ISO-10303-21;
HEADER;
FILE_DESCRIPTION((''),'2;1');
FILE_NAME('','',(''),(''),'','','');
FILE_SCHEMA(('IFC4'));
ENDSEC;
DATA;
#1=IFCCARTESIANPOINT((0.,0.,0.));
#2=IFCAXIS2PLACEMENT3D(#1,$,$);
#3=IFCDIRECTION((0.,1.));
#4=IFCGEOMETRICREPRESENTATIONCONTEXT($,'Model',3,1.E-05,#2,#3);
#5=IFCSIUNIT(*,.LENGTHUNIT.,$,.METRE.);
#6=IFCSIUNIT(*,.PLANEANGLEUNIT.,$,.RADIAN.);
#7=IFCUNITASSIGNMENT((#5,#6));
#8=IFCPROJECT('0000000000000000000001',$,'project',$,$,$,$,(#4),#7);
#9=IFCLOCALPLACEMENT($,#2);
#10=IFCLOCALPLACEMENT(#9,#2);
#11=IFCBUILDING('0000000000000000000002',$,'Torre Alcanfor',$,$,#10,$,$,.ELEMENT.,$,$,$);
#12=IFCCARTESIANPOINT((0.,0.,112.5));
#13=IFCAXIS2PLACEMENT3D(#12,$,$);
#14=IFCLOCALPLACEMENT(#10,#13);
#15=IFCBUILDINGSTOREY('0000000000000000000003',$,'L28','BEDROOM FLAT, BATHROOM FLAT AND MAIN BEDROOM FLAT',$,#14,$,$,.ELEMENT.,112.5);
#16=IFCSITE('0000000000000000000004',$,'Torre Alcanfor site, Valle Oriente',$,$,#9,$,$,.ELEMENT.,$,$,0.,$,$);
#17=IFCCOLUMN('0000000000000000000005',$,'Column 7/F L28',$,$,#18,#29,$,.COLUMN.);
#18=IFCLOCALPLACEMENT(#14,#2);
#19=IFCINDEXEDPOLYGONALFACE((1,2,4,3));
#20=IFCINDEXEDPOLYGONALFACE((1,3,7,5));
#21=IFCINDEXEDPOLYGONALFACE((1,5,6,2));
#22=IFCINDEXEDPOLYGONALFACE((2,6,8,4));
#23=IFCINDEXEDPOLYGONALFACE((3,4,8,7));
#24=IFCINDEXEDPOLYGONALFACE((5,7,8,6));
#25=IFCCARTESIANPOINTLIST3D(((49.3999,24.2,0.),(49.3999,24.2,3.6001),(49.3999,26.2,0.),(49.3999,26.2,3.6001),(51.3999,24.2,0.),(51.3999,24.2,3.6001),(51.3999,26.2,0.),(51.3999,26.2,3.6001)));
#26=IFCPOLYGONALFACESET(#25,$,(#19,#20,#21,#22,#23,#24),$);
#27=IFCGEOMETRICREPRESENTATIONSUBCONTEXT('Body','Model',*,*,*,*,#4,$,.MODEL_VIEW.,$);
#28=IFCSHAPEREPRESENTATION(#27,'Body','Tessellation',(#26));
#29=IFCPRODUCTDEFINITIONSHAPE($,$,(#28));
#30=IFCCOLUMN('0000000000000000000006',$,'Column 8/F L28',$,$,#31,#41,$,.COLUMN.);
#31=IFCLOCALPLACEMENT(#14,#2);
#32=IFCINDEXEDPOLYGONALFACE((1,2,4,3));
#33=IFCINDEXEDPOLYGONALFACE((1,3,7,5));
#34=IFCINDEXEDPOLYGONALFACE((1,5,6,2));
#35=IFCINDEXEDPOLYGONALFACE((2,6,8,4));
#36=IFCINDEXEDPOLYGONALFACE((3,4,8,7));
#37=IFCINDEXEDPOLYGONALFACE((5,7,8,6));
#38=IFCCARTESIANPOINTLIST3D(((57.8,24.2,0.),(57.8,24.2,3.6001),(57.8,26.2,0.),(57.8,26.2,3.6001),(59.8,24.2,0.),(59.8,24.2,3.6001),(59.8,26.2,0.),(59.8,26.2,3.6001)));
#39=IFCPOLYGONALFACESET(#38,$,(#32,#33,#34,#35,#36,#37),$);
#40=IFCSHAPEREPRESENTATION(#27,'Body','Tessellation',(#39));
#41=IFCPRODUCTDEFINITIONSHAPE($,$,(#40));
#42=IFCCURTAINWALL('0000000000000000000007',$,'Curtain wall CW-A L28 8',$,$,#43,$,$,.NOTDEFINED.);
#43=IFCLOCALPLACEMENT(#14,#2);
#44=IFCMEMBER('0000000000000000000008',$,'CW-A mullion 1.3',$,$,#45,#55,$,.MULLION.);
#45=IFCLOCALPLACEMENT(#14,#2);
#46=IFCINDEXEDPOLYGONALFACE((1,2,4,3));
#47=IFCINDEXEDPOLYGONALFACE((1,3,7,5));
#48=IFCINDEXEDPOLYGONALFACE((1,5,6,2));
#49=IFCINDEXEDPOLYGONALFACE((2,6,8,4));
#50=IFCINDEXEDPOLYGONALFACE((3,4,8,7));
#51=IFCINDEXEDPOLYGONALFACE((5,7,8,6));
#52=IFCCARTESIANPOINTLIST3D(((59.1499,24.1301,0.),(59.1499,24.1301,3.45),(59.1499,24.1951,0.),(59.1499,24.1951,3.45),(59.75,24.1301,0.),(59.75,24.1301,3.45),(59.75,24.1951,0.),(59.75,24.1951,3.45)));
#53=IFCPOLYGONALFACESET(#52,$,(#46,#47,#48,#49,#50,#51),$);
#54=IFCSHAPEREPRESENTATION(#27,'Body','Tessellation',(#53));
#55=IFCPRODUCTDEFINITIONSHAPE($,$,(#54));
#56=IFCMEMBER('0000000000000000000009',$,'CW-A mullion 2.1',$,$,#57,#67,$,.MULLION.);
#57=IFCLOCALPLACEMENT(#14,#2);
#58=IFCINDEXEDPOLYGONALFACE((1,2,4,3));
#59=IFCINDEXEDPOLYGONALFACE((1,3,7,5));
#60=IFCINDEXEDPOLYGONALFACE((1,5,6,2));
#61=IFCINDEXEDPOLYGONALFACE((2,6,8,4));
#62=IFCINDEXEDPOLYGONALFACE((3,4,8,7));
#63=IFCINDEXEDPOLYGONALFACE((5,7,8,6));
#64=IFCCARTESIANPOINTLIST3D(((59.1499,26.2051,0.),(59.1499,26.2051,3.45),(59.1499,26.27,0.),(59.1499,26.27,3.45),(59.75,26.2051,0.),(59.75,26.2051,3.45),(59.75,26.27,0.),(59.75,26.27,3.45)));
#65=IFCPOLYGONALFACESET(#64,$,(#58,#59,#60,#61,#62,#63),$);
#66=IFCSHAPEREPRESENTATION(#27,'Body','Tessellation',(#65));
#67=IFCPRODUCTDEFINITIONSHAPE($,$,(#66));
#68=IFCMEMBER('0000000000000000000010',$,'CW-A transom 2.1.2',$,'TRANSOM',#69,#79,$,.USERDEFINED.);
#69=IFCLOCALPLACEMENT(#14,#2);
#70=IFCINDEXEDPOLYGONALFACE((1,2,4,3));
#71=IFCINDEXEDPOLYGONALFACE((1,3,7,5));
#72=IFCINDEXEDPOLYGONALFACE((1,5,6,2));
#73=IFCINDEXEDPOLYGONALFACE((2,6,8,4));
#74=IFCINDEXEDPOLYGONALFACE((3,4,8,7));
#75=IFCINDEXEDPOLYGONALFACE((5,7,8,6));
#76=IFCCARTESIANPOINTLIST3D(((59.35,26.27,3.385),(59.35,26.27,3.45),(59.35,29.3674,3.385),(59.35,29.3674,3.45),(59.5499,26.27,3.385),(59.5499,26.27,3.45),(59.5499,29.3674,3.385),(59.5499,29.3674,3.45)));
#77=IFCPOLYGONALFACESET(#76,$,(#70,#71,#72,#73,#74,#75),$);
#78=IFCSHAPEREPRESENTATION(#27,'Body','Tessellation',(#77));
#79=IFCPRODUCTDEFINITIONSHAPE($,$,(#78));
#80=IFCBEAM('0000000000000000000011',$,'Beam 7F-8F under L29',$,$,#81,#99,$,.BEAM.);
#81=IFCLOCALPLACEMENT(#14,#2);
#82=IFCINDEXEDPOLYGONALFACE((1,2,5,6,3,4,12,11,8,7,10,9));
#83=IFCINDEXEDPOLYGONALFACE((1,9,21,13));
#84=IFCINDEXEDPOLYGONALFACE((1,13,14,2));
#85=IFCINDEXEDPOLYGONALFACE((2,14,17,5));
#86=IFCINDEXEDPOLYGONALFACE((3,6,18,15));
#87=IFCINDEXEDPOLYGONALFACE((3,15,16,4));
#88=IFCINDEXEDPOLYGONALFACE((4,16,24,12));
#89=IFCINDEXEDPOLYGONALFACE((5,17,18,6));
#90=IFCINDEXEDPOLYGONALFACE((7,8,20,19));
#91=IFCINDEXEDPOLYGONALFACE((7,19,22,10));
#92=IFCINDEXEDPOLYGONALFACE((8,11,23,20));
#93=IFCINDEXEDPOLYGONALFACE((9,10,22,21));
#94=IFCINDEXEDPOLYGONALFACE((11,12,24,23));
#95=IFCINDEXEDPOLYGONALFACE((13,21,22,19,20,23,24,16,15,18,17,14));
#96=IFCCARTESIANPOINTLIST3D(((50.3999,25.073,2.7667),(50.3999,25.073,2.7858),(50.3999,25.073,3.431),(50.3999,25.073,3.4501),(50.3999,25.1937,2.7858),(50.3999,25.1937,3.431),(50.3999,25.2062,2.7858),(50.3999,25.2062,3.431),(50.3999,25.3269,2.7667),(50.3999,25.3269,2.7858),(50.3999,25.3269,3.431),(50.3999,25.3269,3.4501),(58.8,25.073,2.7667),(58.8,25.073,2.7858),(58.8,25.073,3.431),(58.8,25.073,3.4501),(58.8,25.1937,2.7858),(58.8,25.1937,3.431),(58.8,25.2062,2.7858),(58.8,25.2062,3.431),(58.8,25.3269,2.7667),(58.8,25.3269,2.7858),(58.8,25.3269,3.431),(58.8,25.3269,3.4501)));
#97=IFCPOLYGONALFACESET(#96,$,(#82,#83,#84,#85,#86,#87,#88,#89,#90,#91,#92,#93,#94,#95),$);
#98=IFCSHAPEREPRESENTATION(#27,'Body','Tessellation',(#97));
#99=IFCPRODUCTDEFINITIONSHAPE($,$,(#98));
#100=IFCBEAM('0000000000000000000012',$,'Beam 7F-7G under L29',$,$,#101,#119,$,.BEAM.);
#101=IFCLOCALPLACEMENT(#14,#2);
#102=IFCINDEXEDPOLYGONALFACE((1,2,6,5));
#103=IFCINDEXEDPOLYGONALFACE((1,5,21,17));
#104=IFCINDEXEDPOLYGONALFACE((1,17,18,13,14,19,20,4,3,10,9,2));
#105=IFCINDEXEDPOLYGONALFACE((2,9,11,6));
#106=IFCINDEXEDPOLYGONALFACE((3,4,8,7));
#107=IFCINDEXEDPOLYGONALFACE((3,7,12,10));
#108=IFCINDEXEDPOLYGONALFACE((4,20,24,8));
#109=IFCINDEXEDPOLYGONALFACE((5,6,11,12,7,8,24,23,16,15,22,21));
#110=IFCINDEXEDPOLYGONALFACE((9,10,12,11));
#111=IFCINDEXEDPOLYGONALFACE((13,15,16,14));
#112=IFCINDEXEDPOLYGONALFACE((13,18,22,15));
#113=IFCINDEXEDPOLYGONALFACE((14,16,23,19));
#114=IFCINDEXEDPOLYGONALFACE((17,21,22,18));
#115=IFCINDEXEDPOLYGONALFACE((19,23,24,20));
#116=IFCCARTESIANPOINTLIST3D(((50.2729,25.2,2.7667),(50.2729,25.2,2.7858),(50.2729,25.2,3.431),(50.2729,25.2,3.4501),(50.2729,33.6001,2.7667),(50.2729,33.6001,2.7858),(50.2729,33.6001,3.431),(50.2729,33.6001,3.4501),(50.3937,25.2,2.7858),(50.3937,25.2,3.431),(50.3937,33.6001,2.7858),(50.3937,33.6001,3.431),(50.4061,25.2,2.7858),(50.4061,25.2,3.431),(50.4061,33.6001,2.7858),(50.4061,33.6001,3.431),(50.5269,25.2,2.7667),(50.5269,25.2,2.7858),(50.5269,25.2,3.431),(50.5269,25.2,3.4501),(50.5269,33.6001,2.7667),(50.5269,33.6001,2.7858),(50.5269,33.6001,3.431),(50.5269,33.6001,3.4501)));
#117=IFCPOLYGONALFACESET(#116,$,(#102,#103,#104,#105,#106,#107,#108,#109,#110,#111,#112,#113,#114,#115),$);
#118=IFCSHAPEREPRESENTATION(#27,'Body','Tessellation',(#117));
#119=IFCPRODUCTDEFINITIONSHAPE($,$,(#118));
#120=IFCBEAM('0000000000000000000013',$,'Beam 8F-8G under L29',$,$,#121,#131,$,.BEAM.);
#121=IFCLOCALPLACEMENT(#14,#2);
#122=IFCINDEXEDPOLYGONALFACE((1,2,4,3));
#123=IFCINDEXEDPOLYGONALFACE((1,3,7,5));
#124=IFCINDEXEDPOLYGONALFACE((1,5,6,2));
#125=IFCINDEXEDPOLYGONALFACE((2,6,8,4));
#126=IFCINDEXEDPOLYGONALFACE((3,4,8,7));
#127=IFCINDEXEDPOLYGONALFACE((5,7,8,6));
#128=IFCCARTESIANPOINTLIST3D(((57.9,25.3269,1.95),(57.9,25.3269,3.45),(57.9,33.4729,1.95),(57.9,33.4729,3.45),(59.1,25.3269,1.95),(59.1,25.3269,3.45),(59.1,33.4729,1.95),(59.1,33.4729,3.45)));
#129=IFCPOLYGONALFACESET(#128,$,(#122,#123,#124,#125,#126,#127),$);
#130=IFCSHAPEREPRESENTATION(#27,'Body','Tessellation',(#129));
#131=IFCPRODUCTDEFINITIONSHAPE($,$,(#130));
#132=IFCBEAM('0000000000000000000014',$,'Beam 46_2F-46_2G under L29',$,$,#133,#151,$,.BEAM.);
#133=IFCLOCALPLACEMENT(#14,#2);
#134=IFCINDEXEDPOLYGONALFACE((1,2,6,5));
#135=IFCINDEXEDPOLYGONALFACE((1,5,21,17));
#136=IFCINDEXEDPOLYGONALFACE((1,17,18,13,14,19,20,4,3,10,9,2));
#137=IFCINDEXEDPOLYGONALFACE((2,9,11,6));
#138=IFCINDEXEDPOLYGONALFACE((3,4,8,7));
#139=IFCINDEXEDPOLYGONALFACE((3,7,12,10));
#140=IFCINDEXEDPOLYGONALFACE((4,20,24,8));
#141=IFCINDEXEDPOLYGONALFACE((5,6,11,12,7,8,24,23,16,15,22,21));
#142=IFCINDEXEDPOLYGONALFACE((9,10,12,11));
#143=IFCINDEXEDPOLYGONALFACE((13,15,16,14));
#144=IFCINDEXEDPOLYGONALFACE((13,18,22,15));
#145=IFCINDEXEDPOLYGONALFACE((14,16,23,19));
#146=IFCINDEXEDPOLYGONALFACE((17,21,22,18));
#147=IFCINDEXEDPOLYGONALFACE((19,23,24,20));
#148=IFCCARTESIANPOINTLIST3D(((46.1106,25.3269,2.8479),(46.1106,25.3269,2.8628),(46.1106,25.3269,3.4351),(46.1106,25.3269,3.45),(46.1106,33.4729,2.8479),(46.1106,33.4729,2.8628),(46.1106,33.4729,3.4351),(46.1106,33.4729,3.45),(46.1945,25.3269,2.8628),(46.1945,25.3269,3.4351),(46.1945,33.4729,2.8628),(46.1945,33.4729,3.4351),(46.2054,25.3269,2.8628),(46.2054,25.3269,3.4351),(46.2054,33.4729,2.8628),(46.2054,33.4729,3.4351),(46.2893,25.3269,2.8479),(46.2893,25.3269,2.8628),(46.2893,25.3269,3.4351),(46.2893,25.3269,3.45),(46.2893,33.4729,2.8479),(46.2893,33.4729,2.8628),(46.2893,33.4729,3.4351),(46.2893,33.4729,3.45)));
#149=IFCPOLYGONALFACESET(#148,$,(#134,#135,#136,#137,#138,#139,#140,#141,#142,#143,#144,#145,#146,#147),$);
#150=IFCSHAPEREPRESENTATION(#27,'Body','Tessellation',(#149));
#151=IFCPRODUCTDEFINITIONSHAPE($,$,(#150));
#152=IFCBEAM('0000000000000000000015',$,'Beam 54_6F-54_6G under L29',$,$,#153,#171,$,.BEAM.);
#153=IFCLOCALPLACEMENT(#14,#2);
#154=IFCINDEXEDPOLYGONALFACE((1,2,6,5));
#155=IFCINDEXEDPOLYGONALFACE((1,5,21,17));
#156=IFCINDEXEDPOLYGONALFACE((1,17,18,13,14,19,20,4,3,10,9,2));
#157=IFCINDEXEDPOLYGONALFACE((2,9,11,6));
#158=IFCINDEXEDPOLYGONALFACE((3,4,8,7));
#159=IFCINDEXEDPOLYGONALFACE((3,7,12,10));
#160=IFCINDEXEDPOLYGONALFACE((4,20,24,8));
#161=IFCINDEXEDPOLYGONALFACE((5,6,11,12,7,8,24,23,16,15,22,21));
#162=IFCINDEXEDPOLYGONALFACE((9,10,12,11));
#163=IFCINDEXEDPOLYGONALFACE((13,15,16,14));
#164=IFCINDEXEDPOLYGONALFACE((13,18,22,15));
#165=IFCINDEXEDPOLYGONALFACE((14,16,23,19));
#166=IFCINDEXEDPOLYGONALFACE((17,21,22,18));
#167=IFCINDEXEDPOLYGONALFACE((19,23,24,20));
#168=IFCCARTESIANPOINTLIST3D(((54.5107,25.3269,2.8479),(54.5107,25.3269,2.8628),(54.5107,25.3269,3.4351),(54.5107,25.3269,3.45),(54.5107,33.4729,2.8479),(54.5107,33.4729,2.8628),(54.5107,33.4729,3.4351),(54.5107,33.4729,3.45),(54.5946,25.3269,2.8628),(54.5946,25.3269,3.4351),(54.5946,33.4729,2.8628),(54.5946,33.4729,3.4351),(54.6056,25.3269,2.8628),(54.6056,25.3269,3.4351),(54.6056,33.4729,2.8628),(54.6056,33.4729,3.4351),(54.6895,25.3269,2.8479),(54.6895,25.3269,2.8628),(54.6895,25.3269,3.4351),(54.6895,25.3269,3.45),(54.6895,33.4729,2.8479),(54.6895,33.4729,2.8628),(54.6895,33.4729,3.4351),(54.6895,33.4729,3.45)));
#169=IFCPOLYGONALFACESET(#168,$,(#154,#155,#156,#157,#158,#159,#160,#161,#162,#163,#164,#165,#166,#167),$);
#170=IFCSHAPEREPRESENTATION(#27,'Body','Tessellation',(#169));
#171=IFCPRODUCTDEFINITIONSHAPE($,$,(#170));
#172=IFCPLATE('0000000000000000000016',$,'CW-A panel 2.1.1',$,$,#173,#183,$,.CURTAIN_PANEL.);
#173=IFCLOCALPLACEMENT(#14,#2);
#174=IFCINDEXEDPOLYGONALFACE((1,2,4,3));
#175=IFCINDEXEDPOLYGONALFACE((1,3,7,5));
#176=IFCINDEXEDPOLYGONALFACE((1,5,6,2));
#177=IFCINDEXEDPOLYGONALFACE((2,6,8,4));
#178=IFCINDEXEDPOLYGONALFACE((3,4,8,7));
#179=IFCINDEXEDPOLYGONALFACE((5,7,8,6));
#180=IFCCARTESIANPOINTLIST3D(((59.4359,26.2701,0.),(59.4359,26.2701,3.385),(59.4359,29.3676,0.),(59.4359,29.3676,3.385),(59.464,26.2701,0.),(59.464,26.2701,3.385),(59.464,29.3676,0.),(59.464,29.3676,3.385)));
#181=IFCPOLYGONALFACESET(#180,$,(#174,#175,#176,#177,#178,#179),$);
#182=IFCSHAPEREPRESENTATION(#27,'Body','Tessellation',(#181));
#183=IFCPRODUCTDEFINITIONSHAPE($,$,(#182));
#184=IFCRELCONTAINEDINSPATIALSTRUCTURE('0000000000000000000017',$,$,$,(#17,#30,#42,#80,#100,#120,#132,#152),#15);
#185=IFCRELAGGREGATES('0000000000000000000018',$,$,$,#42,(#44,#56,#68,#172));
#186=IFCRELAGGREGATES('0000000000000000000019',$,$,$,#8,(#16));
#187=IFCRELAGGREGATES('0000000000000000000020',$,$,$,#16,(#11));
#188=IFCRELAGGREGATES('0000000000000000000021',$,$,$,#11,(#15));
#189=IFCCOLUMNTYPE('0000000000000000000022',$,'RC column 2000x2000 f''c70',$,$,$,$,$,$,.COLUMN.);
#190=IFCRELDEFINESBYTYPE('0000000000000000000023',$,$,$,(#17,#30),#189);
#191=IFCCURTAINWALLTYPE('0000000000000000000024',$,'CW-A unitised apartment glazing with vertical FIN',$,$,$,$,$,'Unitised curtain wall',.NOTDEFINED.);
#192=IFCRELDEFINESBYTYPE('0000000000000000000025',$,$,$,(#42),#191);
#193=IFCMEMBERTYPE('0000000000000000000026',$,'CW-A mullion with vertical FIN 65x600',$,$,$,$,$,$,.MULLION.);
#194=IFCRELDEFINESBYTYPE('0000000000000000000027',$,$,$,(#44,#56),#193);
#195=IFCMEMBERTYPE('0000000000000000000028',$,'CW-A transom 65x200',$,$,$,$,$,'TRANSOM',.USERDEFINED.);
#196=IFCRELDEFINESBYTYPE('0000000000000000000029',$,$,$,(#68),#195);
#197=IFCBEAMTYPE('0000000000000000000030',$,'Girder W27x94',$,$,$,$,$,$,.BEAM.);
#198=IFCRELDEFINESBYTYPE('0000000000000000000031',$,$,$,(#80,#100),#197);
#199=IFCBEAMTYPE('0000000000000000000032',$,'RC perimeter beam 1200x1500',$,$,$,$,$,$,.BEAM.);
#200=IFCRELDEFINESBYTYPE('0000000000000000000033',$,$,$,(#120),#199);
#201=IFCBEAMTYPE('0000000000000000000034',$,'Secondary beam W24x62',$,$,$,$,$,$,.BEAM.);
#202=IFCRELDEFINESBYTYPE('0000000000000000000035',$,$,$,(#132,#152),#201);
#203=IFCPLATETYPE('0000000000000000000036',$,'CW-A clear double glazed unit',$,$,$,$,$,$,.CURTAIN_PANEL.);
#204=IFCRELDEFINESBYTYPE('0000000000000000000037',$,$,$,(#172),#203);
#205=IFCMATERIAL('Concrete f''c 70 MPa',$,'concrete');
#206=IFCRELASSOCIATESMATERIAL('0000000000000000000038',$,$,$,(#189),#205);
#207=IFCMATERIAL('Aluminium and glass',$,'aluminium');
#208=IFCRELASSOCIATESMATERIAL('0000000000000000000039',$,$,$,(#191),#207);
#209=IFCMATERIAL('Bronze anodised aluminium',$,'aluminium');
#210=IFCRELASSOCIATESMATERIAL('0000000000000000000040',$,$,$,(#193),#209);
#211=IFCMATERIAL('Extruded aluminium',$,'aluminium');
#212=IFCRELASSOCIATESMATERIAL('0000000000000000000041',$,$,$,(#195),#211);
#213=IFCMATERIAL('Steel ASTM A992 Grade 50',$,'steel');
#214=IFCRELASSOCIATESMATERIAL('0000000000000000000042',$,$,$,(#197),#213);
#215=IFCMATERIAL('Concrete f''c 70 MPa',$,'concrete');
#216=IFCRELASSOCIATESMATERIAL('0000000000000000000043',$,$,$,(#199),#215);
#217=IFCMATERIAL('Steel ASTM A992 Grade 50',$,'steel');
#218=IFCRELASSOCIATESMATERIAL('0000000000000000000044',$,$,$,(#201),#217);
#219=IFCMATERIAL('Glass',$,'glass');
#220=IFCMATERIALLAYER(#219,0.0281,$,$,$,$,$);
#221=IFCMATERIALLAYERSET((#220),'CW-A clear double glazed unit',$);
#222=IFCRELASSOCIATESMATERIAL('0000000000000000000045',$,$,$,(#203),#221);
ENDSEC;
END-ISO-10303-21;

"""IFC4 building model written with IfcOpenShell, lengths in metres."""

from ifc_helpers import new_model, si_unit, direction, frame, origin, origin_2d, place, context, subcontext, project, spatial, rectangle, i_section, extrude, material, layer, layer_set, material_profile, profile_set, type_object, element, aggregate, save


model = new_model("IFC4")

# Units and contexts
model_context = context("Model", 3, precision=1e-05, world=origin(), true_north=direction((0.0, 1.0)))
body_context = subcontext(model_context, "Body", "Model", "MODEL_VIEW")
ifc_project = project(units=[si_unit("LENGTHUNIT", "METRE"), si_unit("PLANEANGLEUNIT", "RADIAN")], contexts=[model_context])

# Site, building, storey
site_placement = place(None, origin())
site = spatial("IfcSite", under=ifc_project, at=site_placement, Name="Torre Alcanfor site, Valle Oriente", CompositionType="ELEMENT", RefElevation=0.0)
building_placement = place(site_placement, origin())
building = spatial("IfcBuilding", under=site, at=building_placement, Name="Torre Alcanfor", CompositionType="ELEMENT")
storey_placement = place(building_placement, frame((0.0, 0.0, 112.5)))
storey = spatial("IfcBuildingStorey", under=building, at=storey_placement, Name="L28", Description="BEDROOM FLAT, BATHROOM FLAT AND MAIN BEDROOM FLAT", CompositionType="ELEMENT", Elevation=112.5)

# Columns
ifc_material_1 = material(Name="Concrete f'c 70 MPa", Category="concrete")
ifc_material_profile_1 = material_profile(ifc_material_1, rectangle(XDim=2.0, YDim=2.0, at=origin_2d()), Name="2000x2000")
ifc_profile_set_1 = profile_set([ifc_material_profile_1], Name="Concrete f'c 70 MPa")
column_type = type_object("IfcColumnType", Name="RC column 2000x2000 f'c70", PredefinedType="COLUMN", material=ifc_profile_set_1)
for number, where, z_axis, x_axis, name in (
    (1, (50.3999, 25.2, 0.0), (0.0, 0.0, 1.0), (1.0, 0.0, 0.0), "Column 7/F L28"),
    (2, (58.8, 25.2, 0.0), (0.0, 0.0, 1.0), (1.0, 0.0, 0.0), "Column 8/F L28"),
):
    element("IfcColumn", number, at=place(storey_placement, frame(where, z_axis=z_axis, x_axis=x_axis)), inside=storey, type_object=column_type, Name=name, PredefinedType="COLUMN", context=body_context, shape_type="SweptSolid", body=[
        extrude(rectangle(XDim=2.0, YDim=2.0, at=origin_2d()), origin(), (0.0, 0.0, 1.0), 3.6001),
    ])

# Curtain wall, members
ifc_material_2 = material(Name="Aluminium and glass", Category="aluminium")
curtain_wall_type = type_object("IfcCurtainWallType", Name="CW-A unitised apartment glazing with vertical FIN", ElementType="Unitised curtain wall", PredefinedType="NOTDEFINED", material=ifc_material_2)
curtain_wall_placement = place(storey_placement, origin())
curtain_wall = element("IfcCurtainWall", 3, at=curtain_wall_placement, inside=storey, type_object=curtain_wall_type, Name="Curtain wall CW-A L28 8", PredefinedType="NOTDEFINED")
ifc_material_3 = material(Name="Bronze anodised aluminium", Category="aluminium")
ifc_material_profile_2 = material_profile(ifc_material_3, rectangle(XDim=0.6001, YDim=0.0649, at=origin_2d()), Name="CW-A mullion 65x600")
ifc_profile_set_2 = profile_set([ifc_material_profile_2], Name="Bronze anodised aluminium")
member_type_1 = type_object("IfcMemberType", Name="CW-A mullion with vertical FIN 65x600", PredefinedType="MULLION", material=ifc_profile_set_2)
member_1_placement = place(storey_placement, frame((59.45, 24.1626, 0.0), z_axis=(0.0, 0.0, 1.0), x_axis=(-1.0, 0.0, 0.0)))
member_1 = element("IfcMember", 4, at=member_1_placement, type_object=member_type_1, Name="CW-A mullion 1.3", PredefinedType="MULLION", context=body_context, shape_type="SweptSolid", body=[
    extrude(rectangle(XDim=0.6001, YDim=0.0649, at=origin_2d()), origin(), (0.0, 0.0, 1.0), 3.45),
])
member_2_placement = place(storey_placement, frame((59.45, 26.2375, 0.0), z_axis=(0.0, 0.0, 1.0), x_axis=(-1.0, 0.0, 0.0)))
member_2 = element("IfcMember", 5, at=member_2_placement, type_object=member_type_1, Name="CW-A mullion 2.1", PredefinedType="MULLION", context=body_context, shape_type="SweptSolid", body=[
    extrude(rectangle(XDim=0.6001, YDim=0.0649, at=origin_2d()), origin(), (0.0, 0.0, 1.0), 3.45),
])
ifc_material_4 = material(Name="Extruded aluminium", Category="aluminium")
ifc_material_profile_3 = material_profile(ifc_material_4, rectangle(XDim=0.2, YDim=0.0649, at=origin_2d()), Name="CW-A transom 200x65")
ifc_profile_set_3 = profile_set([ifc_material_profile_3], Name="Extruded aluminium")
member_type_2 = type_object("IfcMemberType", Name="CW-A transom 65x200", ElementType="TRANSOM", PredefinedType="USERDEFINED", material=ifc_profile_set_3)
member_3_placement = place(storey_placement, frame((59.45, 26.27, 3.4175), z_axis=(0.0, 1.0, 0.0), x_axis=(-1.0, 0.0, 0.0)))
member_3 = element("IfcMember", 6, at=member_3_placement, type_object=member_type_2, Name="CW-A transom 2.1.2", ObjectType="TRANSOM", PredefinedType="USERDEFINED", context=body_context, shape_type="SweptSolid", body=[
    extrude(rectangle(XDim=0.2, YDim=0.0649, at=origin_2d()), origin(), (0.0, 0.0, 1.0), 3.0974),
])

# Beams
ifc_material_5 = material(Name="Steel ASTM A992 Grade 50", Category="steel")
ifc_material_profile_4 = material_profile(ifc_material_5, i_section(OverallWidth=0.2539, OverallDepth=0.6833, WebThickness=0.0125, FlangeThickness=0.019, at=origin_2d()), Name="W27x94")
ifc_profile_set_4 = profile_set([ifc_material_profile_4], Name="Steel ASTM A992 Grade 50")
beam_type_1 = type_object("IfcBeamType", Name="Girder W27x94", PredefinedType="BEAM", material=ifc_profile_set_4)
for number, where, z_axis, x_axis, name in (
    (7, (50.3999, 25.2, 3.1084), (1.0, 0.0, 0.0), (0.0, 1.0, 0.0), "Beam 7F-8F under L29"),
    (8, (50.3999, 25.2, 3.1084), (0.0, 1.0, 0.0), (-1.0, 0.0, 0.0), "Beam 7F-7G under L29"),
):
    element("IfcBeam", number, at=place(storey_placement, frame(where, z_axis=z_axis, x_axis=x_axis)), inside=storey, type_object=beam_type_1, Name=name, PredefinedType="BEAM", context=body_context, shape_type="SweptSolid", body=[
        extrude(i_section(OverallWidth=0.2539, OverallDepth=0.6833, WebThickness=0.0125, FlangeThickness=0.019, at=origin_2d()), origin(), (0.0, 0.0, 1.0), 8.4001),
    ])
ifc_material_6 = material(Name="Concrete f'c 70 MPa", Category="concrete")
ifc_material_profile_5 = material_profile(ifc_material_6, rectangle(XDim=1.2, YDim=1.5, at=origin_2d()), Name="1200x1500")
ifc_profile_set_5 = profile_set([ifc_material_profile_5], Name="Concrete f'c 70 MPa")
beam_type_2 = type_object("IfcBeamType", Name="RC perimeter beam 1200x1500", PredefinedType="BEAM", material=ifc_profile_set_5)
beam_placement = place(storey_placement, frame((58.5, 25.3269, 2.7), z_axis=(0.0, 1.0, 0.0), x_axis=(-1.0, 0.0, 0.0)))
element("IfcBeam", 9, at=beam_placement, inside=storey, type_object=beam_type_2, Name="Beam 8F-8G under L29", PredefinedType="BEAM", context=body_context, shape_type="SweptSolid", body=[
    extrude(rectangle(XDim=1.2, YDim=1.5, at=origin_2d()), origin(), (0.0, 0.0, 1.0), 8.146),
])
ifc_material_7 = material(Name="Steel ASTM A992 Grade 50", Category="steel")
ifc_material_profile_6 = material_profile(ifc_material_7, i_section(OverallWidth=0.1787, OverallDepth=0.6021, WebThickness=0.011, FlangeThickness=0.0149, at=origin_2d()), Name="W24x62")
ifc_profile_set_6 = profile_set([ifc_material_profile_6], Name="Steel ASTM A992 Grade 50")
beam_type_3 = type_object("IfcBeamType", Name="Secondary beam W24x62", PredefinedType="BEAM", material=ifc_profile_set_6)
for number, where, z_axis, x_axis, name in (
    (10, (46.2, 25.3269, 3.1489), (0.0, 1.0, 0.0), (-1.0, 0.0, 0.0), "Beam 46_2F-46_2G under L29"),
    (11, (54.6001, 25.3269, 3.1489), (0.0, 1.0, 0.0), (-1.0, 0.0, 0.0), "Beam 54_6F-54_6G under L29"),
):
    element("IfcBeam", number, at=place(storey_placement, frame(where, z_axis=z_axis, x_axis=x_axis)), inside=storey, type_object=beam_type_3, Name=name, PredefinedType="BEAM", context=body_context, shape_type="SweptSolid", body=[
        extrude(i_section(OverallWidth=0.1787, OverallDepth=0.6021, WebThickness=0.011, FlangeThickness=0.0149, at=origin_2d()), origin(), (0.0, 0.0, 1.0), 8.146),
    ])

# Plate
ifc_material_8 = material(Name="Glass", Category="glass")
ifc_layer_1 = layer(ifc_material_8, 0.0281)
ifc_layer_set_1 = layer_set([ifc_layer_1], Name="CW-A clear double glazed unit")
plate_type = type_object("IfcPlateType", Name="CW-A clear double glazed unit", PredefinedType="CURTAIN_PANEL", material=ifc_layer_set_1)
plate_placement = place(storey_placement, frame((59.45, 27.8188, 0.0), z_axis=(0.0, 0.0, 1.0), x_axis=(0.0, 1.0, 0.0)))
plate = element("IfcPlate", 12, at=plate_placement, type_object=plate_type, Name="CW-A panel 2.1.1", PredefinedType="CURTAIN_PANEL", context=body_context, shape_type="SweptSolid", body=[
    extrude(rectangle(XDim=3.0974, YDim=0.0281, at=origin_2d()), origin(), (0.0, 0.0, 1.0), 3.385),
])
aggregate(curtain_wall, [member_1, member_2, member_3, plate])

save(model, "model.ifc")
